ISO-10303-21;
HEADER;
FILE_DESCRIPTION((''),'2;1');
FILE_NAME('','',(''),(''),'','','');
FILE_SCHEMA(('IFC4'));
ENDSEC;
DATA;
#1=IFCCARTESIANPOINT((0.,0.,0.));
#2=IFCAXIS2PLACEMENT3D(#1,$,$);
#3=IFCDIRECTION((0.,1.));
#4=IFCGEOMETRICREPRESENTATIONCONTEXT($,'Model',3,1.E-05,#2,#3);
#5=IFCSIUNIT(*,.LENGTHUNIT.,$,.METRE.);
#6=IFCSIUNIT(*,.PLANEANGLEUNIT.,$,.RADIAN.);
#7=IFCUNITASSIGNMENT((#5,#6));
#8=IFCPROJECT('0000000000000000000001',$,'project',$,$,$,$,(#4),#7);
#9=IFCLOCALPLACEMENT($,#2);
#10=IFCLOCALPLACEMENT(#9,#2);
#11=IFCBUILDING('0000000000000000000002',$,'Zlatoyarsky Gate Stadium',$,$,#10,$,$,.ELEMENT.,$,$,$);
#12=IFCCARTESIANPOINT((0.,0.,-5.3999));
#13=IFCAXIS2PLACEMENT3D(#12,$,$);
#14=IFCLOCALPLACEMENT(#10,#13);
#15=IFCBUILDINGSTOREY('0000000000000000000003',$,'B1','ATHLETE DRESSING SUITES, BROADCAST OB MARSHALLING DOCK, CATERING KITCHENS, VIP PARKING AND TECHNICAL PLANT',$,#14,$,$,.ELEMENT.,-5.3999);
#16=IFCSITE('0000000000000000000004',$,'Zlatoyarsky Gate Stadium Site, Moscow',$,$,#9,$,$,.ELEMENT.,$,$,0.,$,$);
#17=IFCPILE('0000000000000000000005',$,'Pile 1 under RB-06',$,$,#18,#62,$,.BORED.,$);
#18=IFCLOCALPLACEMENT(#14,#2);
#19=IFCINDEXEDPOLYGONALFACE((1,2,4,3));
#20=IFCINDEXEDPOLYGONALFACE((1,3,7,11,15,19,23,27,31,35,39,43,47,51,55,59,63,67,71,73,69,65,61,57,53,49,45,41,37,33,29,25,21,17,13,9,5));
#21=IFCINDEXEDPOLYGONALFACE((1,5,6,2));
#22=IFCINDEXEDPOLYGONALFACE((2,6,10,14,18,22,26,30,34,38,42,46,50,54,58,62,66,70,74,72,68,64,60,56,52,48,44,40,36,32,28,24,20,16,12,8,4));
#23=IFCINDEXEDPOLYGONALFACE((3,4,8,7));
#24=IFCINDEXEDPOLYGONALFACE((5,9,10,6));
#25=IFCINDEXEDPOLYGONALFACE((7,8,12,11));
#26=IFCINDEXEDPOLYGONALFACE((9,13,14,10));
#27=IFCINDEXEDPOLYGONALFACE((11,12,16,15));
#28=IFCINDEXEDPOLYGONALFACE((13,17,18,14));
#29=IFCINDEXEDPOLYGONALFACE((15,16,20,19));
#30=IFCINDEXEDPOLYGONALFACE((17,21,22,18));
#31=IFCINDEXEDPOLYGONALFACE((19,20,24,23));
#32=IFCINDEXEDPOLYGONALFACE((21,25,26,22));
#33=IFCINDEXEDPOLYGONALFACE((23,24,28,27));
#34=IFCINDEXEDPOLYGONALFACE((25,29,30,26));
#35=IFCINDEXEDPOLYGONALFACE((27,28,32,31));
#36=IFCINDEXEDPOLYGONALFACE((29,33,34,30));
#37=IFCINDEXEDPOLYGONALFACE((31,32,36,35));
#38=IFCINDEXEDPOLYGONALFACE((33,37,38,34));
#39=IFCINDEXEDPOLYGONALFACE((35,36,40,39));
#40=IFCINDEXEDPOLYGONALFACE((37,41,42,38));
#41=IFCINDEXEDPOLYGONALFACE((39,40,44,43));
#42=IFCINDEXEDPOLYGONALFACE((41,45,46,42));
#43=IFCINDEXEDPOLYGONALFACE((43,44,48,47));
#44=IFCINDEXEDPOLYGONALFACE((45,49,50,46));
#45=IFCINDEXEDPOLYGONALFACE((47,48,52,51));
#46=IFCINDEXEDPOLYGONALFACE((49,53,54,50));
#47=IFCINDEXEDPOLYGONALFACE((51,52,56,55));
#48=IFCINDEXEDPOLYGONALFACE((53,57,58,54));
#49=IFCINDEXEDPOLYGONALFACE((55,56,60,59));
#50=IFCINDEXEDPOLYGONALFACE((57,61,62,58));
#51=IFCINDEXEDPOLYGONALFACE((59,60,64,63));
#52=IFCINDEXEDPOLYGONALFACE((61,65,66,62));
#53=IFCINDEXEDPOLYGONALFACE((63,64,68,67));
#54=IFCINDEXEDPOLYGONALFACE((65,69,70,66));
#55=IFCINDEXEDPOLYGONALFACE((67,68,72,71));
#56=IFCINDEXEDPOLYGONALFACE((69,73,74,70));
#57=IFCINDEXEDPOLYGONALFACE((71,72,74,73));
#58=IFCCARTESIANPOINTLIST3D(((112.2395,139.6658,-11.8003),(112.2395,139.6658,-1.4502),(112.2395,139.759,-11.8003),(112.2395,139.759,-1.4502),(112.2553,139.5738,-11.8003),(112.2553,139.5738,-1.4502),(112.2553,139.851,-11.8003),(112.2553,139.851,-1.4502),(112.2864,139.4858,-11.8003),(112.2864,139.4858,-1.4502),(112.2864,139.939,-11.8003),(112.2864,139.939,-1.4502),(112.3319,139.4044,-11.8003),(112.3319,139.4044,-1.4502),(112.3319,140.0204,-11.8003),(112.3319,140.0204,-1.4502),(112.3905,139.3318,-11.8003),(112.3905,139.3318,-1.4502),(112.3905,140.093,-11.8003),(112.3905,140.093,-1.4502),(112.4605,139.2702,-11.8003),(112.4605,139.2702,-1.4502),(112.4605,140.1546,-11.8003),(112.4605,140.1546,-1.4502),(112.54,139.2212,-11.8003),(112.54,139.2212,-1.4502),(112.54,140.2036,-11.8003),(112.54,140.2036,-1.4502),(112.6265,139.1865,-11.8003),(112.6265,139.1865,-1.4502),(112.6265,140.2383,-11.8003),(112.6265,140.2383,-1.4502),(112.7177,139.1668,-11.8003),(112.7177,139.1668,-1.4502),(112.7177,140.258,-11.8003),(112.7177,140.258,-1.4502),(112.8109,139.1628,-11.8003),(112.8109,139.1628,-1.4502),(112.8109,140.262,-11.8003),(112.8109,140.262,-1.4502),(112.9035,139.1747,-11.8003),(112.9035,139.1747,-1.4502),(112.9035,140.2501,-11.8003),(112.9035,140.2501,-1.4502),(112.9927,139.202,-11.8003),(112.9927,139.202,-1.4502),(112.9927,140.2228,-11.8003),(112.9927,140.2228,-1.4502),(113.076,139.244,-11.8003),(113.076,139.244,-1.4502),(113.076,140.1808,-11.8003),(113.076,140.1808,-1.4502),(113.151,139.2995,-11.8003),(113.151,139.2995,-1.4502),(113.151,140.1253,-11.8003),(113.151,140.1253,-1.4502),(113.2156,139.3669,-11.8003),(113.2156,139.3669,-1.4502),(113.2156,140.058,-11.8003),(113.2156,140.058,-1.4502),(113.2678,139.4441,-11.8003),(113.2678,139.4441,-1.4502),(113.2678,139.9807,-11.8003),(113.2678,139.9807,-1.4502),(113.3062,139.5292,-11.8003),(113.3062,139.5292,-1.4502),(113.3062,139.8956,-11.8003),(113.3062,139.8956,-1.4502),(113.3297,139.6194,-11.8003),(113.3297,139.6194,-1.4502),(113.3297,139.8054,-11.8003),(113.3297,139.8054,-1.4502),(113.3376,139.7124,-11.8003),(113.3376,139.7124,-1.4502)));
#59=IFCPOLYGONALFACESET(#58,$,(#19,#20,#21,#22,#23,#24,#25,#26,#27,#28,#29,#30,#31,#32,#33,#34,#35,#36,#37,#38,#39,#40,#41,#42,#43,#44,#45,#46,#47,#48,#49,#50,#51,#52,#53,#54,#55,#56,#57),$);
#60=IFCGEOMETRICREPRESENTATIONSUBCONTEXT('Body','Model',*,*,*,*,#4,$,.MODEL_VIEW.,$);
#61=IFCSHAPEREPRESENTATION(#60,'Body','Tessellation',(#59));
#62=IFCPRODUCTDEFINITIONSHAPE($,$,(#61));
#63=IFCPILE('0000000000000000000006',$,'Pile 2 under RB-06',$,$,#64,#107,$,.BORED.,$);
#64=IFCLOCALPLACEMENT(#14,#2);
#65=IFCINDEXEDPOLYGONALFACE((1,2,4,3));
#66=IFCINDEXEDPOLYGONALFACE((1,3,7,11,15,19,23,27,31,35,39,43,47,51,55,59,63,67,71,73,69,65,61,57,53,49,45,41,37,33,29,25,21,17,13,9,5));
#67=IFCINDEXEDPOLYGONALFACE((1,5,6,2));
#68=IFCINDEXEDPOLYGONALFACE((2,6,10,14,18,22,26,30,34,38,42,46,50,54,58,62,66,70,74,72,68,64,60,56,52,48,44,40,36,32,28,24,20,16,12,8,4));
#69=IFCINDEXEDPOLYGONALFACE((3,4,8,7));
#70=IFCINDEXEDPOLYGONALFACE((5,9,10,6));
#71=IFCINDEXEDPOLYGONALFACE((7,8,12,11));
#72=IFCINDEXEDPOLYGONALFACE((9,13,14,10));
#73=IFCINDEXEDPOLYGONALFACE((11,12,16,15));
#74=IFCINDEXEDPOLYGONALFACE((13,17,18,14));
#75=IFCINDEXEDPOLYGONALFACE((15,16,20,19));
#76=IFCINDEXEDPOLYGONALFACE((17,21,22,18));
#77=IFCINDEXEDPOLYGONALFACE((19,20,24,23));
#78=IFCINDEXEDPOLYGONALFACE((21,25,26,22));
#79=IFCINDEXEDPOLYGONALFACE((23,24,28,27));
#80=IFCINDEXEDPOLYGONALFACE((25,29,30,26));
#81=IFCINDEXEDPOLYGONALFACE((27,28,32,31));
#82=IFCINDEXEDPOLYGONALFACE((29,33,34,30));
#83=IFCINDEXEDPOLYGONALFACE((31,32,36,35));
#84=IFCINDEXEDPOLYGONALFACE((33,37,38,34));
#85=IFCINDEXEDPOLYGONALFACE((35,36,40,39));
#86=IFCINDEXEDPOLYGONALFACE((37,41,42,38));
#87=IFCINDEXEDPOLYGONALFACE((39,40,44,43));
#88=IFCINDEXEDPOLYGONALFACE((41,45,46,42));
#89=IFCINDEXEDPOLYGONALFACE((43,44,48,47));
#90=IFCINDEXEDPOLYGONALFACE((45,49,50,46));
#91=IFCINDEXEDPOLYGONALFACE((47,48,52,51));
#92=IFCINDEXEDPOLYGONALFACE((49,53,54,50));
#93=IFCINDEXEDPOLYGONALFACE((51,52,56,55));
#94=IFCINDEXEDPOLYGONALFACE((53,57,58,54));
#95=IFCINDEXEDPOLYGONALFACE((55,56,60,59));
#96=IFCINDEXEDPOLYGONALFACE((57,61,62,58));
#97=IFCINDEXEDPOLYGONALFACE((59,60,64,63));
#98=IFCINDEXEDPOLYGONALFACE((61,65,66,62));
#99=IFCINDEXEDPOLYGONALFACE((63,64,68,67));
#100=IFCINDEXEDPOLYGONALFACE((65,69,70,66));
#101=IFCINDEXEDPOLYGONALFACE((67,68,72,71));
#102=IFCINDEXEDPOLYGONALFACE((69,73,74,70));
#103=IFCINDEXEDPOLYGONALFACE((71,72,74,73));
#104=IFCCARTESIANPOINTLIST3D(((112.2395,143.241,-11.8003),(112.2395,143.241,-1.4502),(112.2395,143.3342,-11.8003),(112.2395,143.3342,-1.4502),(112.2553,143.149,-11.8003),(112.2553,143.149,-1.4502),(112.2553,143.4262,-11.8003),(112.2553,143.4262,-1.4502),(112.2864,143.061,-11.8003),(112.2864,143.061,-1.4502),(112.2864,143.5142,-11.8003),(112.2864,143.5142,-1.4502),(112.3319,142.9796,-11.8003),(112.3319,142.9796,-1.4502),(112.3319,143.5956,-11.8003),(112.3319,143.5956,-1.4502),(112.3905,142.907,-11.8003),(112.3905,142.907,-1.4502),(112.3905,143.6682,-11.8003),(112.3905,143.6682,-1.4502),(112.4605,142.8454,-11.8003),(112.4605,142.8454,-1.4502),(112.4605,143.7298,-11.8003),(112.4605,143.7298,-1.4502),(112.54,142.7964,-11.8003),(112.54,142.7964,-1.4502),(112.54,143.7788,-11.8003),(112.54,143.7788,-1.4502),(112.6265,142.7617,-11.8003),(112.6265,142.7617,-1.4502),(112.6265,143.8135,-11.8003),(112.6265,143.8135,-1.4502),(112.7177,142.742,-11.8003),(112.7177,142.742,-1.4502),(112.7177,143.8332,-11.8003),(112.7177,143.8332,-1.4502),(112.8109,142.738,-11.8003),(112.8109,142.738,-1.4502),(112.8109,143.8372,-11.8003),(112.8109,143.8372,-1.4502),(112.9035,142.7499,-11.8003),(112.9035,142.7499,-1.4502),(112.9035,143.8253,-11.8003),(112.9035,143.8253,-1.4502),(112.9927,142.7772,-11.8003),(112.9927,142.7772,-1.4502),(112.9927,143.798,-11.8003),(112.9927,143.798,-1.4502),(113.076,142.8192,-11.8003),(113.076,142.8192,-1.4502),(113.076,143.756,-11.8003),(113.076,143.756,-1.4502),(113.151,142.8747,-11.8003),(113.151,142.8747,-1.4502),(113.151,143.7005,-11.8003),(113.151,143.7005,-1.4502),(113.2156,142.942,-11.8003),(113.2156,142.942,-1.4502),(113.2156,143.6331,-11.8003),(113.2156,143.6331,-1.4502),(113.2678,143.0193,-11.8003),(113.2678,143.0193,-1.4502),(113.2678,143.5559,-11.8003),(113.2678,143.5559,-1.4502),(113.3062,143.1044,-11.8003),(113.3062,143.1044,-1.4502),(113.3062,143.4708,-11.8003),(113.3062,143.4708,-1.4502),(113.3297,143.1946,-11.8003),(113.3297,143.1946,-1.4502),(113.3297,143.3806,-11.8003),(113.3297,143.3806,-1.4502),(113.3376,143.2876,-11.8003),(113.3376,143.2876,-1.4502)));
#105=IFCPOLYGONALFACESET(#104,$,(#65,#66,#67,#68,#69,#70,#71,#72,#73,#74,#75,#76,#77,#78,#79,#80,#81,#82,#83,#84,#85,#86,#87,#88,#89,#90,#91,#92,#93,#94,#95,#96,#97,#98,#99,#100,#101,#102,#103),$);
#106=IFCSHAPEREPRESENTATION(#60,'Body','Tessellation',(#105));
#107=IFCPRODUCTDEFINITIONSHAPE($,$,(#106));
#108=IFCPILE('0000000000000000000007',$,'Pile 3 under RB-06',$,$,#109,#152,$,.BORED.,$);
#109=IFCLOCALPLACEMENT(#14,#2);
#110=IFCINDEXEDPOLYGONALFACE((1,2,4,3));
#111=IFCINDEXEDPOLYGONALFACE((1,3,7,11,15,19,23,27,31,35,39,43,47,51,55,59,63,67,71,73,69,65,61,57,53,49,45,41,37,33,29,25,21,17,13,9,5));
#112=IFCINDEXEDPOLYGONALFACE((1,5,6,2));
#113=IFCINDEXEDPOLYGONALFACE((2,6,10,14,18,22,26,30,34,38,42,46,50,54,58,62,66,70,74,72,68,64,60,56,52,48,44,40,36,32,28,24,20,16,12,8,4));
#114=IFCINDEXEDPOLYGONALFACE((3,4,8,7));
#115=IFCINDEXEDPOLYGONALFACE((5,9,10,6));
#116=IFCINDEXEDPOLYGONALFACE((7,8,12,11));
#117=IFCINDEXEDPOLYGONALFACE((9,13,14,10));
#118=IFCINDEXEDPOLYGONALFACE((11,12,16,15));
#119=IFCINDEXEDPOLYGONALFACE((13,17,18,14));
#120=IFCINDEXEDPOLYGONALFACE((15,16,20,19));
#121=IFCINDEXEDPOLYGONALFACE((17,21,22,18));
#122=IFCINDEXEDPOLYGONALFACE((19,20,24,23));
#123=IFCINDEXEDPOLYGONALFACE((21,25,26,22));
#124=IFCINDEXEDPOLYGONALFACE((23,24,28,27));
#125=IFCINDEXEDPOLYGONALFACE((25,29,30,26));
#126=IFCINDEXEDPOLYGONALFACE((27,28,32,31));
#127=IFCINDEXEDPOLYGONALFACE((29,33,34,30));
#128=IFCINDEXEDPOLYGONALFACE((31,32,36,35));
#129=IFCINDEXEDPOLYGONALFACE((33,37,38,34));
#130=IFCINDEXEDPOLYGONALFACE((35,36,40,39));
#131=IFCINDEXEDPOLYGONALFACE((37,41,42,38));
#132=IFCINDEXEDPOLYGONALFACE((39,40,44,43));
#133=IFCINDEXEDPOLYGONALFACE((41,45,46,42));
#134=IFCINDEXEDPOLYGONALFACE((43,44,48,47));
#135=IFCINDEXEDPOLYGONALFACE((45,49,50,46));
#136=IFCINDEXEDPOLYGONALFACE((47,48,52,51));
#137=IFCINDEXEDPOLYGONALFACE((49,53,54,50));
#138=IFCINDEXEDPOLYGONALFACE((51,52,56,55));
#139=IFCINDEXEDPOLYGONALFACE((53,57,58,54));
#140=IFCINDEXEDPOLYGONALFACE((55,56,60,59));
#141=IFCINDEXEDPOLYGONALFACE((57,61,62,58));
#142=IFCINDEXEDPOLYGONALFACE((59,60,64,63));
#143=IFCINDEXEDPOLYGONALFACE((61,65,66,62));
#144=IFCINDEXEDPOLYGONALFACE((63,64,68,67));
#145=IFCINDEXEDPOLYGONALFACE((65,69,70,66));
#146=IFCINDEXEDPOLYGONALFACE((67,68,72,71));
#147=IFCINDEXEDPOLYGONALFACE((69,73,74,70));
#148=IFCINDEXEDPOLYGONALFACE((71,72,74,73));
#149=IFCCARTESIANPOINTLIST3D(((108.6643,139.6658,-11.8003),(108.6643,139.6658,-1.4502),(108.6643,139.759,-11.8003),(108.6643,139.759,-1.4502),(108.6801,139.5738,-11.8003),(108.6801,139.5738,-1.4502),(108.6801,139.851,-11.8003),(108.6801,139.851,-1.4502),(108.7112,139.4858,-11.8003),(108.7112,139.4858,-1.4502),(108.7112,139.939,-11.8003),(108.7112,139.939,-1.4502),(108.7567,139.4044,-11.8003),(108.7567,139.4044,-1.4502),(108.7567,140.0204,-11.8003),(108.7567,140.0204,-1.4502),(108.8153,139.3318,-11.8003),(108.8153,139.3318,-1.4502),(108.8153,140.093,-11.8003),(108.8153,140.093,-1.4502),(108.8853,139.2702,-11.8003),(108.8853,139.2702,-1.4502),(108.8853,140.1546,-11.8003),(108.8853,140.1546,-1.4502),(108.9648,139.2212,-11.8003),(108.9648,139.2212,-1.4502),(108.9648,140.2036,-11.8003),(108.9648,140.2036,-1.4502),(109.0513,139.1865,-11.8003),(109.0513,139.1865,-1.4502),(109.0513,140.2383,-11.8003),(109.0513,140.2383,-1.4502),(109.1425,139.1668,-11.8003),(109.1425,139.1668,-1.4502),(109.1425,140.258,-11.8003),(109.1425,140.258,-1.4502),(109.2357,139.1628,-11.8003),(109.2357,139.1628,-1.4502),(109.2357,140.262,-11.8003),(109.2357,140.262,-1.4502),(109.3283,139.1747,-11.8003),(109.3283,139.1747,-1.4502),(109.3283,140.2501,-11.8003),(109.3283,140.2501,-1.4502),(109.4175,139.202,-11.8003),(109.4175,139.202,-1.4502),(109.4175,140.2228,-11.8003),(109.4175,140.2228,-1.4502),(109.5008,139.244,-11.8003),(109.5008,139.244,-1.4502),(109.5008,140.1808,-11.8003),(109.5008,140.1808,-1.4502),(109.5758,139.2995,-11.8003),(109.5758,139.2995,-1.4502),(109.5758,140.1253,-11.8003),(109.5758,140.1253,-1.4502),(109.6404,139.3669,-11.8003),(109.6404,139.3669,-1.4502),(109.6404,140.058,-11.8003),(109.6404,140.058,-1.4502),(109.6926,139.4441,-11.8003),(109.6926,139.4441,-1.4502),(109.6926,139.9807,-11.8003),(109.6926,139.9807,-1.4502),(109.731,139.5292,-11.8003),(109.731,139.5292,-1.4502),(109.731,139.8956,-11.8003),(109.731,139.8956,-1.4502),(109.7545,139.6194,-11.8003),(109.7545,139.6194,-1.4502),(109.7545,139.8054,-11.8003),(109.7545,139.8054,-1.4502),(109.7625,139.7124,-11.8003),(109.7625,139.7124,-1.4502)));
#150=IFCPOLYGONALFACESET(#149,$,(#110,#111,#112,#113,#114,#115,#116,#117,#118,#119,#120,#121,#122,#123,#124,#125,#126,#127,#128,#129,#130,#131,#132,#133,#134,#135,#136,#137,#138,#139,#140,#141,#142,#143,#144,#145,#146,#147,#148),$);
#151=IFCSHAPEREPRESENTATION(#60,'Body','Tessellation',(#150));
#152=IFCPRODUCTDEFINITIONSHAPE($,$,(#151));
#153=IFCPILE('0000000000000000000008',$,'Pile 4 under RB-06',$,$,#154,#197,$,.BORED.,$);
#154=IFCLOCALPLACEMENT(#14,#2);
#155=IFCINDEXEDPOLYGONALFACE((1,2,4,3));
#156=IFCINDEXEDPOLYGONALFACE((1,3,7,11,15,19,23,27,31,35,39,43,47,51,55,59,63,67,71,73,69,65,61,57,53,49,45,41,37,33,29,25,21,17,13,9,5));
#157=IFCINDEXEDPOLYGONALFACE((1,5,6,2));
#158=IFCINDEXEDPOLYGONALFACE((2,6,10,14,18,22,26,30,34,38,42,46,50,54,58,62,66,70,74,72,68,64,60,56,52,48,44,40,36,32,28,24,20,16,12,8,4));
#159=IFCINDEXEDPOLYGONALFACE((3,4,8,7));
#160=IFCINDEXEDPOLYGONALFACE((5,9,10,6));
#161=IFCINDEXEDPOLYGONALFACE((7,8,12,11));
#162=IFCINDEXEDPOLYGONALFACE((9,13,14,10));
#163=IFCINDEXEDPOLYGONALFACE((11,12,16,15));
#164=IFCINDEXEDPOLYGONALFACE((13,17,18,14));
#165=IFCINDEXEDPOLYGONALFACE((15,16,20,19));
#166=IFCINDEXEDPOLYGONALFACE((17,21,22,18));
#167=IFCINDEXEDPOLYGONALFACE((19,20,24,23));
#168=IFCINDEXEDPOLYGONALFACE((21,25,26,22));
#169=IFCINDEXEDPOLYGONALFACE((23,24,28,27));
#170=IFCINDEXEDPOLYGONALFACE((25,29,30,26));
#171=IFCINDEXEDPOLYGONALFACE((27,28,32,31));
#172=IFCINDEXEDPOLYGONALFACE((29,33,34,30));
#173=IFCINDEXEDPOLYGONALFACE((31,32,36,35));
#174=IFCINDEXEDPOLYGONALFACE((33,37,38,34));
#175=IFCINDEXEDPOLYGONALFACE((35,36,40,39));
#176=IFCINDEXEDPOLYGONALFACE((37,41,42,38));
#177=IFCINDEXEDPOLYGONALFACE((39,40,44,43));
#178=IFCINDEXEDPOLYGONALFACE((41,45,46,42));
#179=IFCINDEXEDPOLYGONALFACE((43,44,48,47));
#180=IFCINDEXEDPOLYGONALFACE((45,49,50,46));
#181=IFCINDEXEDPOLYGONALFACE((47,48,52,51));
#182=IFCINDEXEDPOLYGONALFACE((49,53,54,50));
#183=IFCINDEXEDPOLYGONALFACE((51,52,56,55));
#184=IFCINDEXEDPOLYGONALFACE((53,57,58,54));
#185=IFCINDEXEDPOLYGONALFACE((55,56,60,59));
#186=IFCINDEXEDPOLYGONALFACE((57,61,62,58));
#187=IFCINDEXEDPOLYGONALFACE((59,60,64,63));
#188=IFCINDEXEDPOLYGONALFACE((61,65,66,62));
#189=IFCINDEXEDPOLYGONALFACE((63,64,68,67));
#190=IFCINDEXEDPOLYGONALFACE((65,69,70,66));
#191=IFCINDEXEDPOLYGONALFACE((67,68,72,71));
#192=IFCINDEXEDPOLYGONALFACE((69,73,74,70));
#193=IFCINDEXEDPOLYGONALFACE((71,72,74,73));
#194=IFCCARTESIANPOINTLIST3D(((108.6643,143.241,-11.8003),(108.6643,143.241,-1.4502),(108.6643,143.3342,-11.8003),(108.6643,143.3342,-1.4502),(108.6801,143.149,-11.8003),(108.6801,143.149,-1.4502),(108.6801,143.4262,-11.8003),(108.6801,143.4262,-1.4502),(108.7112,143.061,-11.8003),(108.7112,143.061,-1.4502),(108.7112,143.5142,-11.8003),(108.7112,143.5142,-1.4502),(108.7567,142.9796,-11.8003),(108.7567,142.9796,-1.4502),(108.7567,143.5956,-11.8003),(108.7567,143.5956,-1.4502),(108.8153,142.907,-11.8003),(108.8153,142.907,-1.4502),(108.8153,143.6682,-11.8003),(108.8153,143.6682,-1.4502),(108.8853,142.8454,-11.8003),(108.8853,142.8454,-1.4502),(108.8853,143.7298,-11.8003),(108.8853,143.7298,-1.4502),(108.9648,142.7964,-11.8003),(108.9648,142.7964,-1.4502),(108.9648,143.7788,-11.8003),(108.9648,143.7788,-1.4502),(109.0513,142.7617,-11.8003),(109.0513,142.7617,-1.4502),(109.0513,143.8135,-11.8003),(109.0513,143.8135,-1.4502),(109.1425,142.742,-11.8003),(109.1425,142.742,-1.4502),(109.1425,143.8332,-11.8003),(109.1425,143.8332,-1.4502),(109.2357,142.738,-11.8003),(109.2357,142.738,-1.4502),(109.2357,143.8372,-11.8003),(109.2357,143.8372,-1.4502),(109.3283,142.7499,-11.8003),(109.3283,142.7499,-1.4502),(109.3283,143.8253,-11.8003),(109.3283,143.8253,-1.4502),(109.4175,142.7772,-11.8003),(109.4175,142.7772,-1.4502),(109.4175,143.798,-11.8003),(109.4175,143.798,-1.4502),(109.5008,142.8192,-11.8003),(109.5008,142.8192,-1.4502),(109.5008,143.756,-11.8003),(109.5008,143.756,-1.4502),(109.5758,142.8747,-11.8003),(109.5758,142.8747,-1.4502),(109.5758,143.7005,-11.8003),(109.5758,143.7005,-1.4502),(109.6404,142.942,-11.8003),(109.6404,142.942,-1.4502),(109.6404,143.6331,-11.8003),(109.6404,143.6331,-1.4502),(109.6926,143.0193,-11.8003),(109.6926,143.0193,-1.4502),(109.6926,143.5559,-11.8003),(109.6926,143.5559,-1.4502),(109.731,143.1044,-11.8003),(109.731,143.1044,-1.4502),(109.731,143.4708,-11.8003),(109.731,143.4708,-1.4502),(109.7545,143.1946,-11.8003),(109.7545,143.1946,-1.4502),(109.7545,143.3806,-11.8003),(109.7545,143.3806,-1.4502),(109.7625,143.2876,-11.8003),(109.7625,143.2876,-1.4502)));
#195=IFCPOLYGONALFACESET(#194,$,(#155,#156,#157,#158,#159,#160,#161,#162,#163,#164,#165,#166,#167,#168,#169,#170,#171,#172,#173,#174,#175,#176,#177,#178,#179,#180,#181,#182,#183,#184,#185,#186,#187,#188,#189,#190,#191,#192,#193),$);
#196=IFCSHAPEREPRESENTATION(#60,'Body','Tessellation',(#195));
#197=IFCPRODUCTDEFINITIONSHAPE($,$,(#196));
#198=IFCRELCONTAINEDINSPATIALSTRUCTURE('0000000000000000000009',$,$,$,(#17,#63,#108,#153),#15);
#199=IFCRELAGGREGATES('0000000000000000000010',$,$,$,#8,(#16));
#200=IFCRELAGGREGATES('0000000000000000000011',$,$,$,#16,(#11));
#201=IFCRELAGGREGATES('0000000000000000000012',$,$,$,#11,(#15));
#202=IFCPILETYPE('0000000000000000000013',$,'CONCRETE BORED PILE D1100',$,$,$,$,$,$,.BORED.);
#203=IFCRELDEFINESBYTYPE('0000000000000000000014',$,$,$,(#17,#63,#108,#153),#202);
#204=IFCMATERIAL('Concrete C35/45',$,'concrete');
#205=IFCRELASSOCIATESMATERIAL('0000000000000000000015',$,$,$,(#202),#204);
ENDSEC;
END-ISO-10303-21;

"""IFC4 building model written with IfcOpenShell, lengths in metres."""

from ifc_helpers import new_model, si_unit, direction, frame, origin, origin_2d, place, context, subcontext, project, spatial, circle, extrude, material, material_profile, profile_set, type_object, element, save


model = new_model("IFC4")

# Units and contexts
model_context = context("Model", 3, precision=1e-05, world=origin(), true_north=direction((0.0, 1.0)))
body_context = subcontext(model_context, "Body", "Model", "MODEL_VIEW")
ifc_project = project(units=[si_unit("LENGTHUNIT", "METRE"), si_unit("PLANEANGLEUNIT", "RADIAN")], contexts=[model_context])

# Site, building, storey
site_placement = place(None, origin())
site = spatial("IfcSite", under=ifc_project, at=site_placement, Name="Zlatoyarsky Gate Stadium Site, Moscow", CompositionType="ELEMENT", RefElevation=0.0)
building_placement = place(site_placement, origin())
building = spatial("IfcBuilding", under=site, at=building_placement, Name="Zlatoyarsky Gate Stadium", CompositionType="ELEMENT")
storey_placement = place(building_placement, frame((0.0, 0.0, -5.3999)))
storey = spatial("IfcBuildingStorey", under=building, at=storey_placement, Name="B1", Description="ATHLETE DRESSING SUITES, BROADCAST OB MARSHALLING DOCK, CATERING KITCHENS, VIP PARKING AND TECHNICAL PLANT", CompositionType="ELEMENT", Elevation=-5.3999)

# Piles
ifc_material_1 = material(Name="Concrete C35/45", Category="concrete")
ifc_material_profile_1 = material_profile(ifc_material_1, circle(Radius=0.55, at=origin_2d()), Name="BORED PILE D1100")
ifc_profile_set_1 = profile_set([ifc_material_profile_1], Name="Concrete C35/45")
pile_type_1 = type_object("IfcPileType", Name="CONCRETE BORED PILE D1100", PredefinedType="BORED", material=ifc_profile_set_1)
for number, where, z_axis, x_axis, name in (
    (1, (112.7876, 139.7124, -1.4502), (0.0, 0.0, -1.0), (1.0, 0.0, 0.0), "Pile 1 under RB-06"),
    (2, (112.7876, 143.2876, -1.4502), (0.0, 0.0, -1.0), (1.0, 0.0, 0.0), "Pile 2 under RB-06"),
    (3, (109.2124, 139.7124, -1.4502), (0.0, 0.0, -1.0), (1.0, 0.0, 0.0), "Pile 3 under RB-06"),
    (4, (109.2124, 143.2876, -1.4502), (0.0, 0.0, -1.0), (1.0, 0.0, 0.0), "Pile 4 under RB-06"),
):
    element("IfcPile", number, at=place(storey_placement, frame(where, z_axis=z_axis, x_axis=x_axis)), inside=storey, type_object=pile_type_1, Name=name, PredefinedType="BORED", context=body_context, shape_type="SweptSolid", body=[
        extrude(circle(Radius=0.55, at=origin_2d()), origin(), (0.0, 0.0, 1.0), 10.3501),
    ])

save(model, "model.ifc")
